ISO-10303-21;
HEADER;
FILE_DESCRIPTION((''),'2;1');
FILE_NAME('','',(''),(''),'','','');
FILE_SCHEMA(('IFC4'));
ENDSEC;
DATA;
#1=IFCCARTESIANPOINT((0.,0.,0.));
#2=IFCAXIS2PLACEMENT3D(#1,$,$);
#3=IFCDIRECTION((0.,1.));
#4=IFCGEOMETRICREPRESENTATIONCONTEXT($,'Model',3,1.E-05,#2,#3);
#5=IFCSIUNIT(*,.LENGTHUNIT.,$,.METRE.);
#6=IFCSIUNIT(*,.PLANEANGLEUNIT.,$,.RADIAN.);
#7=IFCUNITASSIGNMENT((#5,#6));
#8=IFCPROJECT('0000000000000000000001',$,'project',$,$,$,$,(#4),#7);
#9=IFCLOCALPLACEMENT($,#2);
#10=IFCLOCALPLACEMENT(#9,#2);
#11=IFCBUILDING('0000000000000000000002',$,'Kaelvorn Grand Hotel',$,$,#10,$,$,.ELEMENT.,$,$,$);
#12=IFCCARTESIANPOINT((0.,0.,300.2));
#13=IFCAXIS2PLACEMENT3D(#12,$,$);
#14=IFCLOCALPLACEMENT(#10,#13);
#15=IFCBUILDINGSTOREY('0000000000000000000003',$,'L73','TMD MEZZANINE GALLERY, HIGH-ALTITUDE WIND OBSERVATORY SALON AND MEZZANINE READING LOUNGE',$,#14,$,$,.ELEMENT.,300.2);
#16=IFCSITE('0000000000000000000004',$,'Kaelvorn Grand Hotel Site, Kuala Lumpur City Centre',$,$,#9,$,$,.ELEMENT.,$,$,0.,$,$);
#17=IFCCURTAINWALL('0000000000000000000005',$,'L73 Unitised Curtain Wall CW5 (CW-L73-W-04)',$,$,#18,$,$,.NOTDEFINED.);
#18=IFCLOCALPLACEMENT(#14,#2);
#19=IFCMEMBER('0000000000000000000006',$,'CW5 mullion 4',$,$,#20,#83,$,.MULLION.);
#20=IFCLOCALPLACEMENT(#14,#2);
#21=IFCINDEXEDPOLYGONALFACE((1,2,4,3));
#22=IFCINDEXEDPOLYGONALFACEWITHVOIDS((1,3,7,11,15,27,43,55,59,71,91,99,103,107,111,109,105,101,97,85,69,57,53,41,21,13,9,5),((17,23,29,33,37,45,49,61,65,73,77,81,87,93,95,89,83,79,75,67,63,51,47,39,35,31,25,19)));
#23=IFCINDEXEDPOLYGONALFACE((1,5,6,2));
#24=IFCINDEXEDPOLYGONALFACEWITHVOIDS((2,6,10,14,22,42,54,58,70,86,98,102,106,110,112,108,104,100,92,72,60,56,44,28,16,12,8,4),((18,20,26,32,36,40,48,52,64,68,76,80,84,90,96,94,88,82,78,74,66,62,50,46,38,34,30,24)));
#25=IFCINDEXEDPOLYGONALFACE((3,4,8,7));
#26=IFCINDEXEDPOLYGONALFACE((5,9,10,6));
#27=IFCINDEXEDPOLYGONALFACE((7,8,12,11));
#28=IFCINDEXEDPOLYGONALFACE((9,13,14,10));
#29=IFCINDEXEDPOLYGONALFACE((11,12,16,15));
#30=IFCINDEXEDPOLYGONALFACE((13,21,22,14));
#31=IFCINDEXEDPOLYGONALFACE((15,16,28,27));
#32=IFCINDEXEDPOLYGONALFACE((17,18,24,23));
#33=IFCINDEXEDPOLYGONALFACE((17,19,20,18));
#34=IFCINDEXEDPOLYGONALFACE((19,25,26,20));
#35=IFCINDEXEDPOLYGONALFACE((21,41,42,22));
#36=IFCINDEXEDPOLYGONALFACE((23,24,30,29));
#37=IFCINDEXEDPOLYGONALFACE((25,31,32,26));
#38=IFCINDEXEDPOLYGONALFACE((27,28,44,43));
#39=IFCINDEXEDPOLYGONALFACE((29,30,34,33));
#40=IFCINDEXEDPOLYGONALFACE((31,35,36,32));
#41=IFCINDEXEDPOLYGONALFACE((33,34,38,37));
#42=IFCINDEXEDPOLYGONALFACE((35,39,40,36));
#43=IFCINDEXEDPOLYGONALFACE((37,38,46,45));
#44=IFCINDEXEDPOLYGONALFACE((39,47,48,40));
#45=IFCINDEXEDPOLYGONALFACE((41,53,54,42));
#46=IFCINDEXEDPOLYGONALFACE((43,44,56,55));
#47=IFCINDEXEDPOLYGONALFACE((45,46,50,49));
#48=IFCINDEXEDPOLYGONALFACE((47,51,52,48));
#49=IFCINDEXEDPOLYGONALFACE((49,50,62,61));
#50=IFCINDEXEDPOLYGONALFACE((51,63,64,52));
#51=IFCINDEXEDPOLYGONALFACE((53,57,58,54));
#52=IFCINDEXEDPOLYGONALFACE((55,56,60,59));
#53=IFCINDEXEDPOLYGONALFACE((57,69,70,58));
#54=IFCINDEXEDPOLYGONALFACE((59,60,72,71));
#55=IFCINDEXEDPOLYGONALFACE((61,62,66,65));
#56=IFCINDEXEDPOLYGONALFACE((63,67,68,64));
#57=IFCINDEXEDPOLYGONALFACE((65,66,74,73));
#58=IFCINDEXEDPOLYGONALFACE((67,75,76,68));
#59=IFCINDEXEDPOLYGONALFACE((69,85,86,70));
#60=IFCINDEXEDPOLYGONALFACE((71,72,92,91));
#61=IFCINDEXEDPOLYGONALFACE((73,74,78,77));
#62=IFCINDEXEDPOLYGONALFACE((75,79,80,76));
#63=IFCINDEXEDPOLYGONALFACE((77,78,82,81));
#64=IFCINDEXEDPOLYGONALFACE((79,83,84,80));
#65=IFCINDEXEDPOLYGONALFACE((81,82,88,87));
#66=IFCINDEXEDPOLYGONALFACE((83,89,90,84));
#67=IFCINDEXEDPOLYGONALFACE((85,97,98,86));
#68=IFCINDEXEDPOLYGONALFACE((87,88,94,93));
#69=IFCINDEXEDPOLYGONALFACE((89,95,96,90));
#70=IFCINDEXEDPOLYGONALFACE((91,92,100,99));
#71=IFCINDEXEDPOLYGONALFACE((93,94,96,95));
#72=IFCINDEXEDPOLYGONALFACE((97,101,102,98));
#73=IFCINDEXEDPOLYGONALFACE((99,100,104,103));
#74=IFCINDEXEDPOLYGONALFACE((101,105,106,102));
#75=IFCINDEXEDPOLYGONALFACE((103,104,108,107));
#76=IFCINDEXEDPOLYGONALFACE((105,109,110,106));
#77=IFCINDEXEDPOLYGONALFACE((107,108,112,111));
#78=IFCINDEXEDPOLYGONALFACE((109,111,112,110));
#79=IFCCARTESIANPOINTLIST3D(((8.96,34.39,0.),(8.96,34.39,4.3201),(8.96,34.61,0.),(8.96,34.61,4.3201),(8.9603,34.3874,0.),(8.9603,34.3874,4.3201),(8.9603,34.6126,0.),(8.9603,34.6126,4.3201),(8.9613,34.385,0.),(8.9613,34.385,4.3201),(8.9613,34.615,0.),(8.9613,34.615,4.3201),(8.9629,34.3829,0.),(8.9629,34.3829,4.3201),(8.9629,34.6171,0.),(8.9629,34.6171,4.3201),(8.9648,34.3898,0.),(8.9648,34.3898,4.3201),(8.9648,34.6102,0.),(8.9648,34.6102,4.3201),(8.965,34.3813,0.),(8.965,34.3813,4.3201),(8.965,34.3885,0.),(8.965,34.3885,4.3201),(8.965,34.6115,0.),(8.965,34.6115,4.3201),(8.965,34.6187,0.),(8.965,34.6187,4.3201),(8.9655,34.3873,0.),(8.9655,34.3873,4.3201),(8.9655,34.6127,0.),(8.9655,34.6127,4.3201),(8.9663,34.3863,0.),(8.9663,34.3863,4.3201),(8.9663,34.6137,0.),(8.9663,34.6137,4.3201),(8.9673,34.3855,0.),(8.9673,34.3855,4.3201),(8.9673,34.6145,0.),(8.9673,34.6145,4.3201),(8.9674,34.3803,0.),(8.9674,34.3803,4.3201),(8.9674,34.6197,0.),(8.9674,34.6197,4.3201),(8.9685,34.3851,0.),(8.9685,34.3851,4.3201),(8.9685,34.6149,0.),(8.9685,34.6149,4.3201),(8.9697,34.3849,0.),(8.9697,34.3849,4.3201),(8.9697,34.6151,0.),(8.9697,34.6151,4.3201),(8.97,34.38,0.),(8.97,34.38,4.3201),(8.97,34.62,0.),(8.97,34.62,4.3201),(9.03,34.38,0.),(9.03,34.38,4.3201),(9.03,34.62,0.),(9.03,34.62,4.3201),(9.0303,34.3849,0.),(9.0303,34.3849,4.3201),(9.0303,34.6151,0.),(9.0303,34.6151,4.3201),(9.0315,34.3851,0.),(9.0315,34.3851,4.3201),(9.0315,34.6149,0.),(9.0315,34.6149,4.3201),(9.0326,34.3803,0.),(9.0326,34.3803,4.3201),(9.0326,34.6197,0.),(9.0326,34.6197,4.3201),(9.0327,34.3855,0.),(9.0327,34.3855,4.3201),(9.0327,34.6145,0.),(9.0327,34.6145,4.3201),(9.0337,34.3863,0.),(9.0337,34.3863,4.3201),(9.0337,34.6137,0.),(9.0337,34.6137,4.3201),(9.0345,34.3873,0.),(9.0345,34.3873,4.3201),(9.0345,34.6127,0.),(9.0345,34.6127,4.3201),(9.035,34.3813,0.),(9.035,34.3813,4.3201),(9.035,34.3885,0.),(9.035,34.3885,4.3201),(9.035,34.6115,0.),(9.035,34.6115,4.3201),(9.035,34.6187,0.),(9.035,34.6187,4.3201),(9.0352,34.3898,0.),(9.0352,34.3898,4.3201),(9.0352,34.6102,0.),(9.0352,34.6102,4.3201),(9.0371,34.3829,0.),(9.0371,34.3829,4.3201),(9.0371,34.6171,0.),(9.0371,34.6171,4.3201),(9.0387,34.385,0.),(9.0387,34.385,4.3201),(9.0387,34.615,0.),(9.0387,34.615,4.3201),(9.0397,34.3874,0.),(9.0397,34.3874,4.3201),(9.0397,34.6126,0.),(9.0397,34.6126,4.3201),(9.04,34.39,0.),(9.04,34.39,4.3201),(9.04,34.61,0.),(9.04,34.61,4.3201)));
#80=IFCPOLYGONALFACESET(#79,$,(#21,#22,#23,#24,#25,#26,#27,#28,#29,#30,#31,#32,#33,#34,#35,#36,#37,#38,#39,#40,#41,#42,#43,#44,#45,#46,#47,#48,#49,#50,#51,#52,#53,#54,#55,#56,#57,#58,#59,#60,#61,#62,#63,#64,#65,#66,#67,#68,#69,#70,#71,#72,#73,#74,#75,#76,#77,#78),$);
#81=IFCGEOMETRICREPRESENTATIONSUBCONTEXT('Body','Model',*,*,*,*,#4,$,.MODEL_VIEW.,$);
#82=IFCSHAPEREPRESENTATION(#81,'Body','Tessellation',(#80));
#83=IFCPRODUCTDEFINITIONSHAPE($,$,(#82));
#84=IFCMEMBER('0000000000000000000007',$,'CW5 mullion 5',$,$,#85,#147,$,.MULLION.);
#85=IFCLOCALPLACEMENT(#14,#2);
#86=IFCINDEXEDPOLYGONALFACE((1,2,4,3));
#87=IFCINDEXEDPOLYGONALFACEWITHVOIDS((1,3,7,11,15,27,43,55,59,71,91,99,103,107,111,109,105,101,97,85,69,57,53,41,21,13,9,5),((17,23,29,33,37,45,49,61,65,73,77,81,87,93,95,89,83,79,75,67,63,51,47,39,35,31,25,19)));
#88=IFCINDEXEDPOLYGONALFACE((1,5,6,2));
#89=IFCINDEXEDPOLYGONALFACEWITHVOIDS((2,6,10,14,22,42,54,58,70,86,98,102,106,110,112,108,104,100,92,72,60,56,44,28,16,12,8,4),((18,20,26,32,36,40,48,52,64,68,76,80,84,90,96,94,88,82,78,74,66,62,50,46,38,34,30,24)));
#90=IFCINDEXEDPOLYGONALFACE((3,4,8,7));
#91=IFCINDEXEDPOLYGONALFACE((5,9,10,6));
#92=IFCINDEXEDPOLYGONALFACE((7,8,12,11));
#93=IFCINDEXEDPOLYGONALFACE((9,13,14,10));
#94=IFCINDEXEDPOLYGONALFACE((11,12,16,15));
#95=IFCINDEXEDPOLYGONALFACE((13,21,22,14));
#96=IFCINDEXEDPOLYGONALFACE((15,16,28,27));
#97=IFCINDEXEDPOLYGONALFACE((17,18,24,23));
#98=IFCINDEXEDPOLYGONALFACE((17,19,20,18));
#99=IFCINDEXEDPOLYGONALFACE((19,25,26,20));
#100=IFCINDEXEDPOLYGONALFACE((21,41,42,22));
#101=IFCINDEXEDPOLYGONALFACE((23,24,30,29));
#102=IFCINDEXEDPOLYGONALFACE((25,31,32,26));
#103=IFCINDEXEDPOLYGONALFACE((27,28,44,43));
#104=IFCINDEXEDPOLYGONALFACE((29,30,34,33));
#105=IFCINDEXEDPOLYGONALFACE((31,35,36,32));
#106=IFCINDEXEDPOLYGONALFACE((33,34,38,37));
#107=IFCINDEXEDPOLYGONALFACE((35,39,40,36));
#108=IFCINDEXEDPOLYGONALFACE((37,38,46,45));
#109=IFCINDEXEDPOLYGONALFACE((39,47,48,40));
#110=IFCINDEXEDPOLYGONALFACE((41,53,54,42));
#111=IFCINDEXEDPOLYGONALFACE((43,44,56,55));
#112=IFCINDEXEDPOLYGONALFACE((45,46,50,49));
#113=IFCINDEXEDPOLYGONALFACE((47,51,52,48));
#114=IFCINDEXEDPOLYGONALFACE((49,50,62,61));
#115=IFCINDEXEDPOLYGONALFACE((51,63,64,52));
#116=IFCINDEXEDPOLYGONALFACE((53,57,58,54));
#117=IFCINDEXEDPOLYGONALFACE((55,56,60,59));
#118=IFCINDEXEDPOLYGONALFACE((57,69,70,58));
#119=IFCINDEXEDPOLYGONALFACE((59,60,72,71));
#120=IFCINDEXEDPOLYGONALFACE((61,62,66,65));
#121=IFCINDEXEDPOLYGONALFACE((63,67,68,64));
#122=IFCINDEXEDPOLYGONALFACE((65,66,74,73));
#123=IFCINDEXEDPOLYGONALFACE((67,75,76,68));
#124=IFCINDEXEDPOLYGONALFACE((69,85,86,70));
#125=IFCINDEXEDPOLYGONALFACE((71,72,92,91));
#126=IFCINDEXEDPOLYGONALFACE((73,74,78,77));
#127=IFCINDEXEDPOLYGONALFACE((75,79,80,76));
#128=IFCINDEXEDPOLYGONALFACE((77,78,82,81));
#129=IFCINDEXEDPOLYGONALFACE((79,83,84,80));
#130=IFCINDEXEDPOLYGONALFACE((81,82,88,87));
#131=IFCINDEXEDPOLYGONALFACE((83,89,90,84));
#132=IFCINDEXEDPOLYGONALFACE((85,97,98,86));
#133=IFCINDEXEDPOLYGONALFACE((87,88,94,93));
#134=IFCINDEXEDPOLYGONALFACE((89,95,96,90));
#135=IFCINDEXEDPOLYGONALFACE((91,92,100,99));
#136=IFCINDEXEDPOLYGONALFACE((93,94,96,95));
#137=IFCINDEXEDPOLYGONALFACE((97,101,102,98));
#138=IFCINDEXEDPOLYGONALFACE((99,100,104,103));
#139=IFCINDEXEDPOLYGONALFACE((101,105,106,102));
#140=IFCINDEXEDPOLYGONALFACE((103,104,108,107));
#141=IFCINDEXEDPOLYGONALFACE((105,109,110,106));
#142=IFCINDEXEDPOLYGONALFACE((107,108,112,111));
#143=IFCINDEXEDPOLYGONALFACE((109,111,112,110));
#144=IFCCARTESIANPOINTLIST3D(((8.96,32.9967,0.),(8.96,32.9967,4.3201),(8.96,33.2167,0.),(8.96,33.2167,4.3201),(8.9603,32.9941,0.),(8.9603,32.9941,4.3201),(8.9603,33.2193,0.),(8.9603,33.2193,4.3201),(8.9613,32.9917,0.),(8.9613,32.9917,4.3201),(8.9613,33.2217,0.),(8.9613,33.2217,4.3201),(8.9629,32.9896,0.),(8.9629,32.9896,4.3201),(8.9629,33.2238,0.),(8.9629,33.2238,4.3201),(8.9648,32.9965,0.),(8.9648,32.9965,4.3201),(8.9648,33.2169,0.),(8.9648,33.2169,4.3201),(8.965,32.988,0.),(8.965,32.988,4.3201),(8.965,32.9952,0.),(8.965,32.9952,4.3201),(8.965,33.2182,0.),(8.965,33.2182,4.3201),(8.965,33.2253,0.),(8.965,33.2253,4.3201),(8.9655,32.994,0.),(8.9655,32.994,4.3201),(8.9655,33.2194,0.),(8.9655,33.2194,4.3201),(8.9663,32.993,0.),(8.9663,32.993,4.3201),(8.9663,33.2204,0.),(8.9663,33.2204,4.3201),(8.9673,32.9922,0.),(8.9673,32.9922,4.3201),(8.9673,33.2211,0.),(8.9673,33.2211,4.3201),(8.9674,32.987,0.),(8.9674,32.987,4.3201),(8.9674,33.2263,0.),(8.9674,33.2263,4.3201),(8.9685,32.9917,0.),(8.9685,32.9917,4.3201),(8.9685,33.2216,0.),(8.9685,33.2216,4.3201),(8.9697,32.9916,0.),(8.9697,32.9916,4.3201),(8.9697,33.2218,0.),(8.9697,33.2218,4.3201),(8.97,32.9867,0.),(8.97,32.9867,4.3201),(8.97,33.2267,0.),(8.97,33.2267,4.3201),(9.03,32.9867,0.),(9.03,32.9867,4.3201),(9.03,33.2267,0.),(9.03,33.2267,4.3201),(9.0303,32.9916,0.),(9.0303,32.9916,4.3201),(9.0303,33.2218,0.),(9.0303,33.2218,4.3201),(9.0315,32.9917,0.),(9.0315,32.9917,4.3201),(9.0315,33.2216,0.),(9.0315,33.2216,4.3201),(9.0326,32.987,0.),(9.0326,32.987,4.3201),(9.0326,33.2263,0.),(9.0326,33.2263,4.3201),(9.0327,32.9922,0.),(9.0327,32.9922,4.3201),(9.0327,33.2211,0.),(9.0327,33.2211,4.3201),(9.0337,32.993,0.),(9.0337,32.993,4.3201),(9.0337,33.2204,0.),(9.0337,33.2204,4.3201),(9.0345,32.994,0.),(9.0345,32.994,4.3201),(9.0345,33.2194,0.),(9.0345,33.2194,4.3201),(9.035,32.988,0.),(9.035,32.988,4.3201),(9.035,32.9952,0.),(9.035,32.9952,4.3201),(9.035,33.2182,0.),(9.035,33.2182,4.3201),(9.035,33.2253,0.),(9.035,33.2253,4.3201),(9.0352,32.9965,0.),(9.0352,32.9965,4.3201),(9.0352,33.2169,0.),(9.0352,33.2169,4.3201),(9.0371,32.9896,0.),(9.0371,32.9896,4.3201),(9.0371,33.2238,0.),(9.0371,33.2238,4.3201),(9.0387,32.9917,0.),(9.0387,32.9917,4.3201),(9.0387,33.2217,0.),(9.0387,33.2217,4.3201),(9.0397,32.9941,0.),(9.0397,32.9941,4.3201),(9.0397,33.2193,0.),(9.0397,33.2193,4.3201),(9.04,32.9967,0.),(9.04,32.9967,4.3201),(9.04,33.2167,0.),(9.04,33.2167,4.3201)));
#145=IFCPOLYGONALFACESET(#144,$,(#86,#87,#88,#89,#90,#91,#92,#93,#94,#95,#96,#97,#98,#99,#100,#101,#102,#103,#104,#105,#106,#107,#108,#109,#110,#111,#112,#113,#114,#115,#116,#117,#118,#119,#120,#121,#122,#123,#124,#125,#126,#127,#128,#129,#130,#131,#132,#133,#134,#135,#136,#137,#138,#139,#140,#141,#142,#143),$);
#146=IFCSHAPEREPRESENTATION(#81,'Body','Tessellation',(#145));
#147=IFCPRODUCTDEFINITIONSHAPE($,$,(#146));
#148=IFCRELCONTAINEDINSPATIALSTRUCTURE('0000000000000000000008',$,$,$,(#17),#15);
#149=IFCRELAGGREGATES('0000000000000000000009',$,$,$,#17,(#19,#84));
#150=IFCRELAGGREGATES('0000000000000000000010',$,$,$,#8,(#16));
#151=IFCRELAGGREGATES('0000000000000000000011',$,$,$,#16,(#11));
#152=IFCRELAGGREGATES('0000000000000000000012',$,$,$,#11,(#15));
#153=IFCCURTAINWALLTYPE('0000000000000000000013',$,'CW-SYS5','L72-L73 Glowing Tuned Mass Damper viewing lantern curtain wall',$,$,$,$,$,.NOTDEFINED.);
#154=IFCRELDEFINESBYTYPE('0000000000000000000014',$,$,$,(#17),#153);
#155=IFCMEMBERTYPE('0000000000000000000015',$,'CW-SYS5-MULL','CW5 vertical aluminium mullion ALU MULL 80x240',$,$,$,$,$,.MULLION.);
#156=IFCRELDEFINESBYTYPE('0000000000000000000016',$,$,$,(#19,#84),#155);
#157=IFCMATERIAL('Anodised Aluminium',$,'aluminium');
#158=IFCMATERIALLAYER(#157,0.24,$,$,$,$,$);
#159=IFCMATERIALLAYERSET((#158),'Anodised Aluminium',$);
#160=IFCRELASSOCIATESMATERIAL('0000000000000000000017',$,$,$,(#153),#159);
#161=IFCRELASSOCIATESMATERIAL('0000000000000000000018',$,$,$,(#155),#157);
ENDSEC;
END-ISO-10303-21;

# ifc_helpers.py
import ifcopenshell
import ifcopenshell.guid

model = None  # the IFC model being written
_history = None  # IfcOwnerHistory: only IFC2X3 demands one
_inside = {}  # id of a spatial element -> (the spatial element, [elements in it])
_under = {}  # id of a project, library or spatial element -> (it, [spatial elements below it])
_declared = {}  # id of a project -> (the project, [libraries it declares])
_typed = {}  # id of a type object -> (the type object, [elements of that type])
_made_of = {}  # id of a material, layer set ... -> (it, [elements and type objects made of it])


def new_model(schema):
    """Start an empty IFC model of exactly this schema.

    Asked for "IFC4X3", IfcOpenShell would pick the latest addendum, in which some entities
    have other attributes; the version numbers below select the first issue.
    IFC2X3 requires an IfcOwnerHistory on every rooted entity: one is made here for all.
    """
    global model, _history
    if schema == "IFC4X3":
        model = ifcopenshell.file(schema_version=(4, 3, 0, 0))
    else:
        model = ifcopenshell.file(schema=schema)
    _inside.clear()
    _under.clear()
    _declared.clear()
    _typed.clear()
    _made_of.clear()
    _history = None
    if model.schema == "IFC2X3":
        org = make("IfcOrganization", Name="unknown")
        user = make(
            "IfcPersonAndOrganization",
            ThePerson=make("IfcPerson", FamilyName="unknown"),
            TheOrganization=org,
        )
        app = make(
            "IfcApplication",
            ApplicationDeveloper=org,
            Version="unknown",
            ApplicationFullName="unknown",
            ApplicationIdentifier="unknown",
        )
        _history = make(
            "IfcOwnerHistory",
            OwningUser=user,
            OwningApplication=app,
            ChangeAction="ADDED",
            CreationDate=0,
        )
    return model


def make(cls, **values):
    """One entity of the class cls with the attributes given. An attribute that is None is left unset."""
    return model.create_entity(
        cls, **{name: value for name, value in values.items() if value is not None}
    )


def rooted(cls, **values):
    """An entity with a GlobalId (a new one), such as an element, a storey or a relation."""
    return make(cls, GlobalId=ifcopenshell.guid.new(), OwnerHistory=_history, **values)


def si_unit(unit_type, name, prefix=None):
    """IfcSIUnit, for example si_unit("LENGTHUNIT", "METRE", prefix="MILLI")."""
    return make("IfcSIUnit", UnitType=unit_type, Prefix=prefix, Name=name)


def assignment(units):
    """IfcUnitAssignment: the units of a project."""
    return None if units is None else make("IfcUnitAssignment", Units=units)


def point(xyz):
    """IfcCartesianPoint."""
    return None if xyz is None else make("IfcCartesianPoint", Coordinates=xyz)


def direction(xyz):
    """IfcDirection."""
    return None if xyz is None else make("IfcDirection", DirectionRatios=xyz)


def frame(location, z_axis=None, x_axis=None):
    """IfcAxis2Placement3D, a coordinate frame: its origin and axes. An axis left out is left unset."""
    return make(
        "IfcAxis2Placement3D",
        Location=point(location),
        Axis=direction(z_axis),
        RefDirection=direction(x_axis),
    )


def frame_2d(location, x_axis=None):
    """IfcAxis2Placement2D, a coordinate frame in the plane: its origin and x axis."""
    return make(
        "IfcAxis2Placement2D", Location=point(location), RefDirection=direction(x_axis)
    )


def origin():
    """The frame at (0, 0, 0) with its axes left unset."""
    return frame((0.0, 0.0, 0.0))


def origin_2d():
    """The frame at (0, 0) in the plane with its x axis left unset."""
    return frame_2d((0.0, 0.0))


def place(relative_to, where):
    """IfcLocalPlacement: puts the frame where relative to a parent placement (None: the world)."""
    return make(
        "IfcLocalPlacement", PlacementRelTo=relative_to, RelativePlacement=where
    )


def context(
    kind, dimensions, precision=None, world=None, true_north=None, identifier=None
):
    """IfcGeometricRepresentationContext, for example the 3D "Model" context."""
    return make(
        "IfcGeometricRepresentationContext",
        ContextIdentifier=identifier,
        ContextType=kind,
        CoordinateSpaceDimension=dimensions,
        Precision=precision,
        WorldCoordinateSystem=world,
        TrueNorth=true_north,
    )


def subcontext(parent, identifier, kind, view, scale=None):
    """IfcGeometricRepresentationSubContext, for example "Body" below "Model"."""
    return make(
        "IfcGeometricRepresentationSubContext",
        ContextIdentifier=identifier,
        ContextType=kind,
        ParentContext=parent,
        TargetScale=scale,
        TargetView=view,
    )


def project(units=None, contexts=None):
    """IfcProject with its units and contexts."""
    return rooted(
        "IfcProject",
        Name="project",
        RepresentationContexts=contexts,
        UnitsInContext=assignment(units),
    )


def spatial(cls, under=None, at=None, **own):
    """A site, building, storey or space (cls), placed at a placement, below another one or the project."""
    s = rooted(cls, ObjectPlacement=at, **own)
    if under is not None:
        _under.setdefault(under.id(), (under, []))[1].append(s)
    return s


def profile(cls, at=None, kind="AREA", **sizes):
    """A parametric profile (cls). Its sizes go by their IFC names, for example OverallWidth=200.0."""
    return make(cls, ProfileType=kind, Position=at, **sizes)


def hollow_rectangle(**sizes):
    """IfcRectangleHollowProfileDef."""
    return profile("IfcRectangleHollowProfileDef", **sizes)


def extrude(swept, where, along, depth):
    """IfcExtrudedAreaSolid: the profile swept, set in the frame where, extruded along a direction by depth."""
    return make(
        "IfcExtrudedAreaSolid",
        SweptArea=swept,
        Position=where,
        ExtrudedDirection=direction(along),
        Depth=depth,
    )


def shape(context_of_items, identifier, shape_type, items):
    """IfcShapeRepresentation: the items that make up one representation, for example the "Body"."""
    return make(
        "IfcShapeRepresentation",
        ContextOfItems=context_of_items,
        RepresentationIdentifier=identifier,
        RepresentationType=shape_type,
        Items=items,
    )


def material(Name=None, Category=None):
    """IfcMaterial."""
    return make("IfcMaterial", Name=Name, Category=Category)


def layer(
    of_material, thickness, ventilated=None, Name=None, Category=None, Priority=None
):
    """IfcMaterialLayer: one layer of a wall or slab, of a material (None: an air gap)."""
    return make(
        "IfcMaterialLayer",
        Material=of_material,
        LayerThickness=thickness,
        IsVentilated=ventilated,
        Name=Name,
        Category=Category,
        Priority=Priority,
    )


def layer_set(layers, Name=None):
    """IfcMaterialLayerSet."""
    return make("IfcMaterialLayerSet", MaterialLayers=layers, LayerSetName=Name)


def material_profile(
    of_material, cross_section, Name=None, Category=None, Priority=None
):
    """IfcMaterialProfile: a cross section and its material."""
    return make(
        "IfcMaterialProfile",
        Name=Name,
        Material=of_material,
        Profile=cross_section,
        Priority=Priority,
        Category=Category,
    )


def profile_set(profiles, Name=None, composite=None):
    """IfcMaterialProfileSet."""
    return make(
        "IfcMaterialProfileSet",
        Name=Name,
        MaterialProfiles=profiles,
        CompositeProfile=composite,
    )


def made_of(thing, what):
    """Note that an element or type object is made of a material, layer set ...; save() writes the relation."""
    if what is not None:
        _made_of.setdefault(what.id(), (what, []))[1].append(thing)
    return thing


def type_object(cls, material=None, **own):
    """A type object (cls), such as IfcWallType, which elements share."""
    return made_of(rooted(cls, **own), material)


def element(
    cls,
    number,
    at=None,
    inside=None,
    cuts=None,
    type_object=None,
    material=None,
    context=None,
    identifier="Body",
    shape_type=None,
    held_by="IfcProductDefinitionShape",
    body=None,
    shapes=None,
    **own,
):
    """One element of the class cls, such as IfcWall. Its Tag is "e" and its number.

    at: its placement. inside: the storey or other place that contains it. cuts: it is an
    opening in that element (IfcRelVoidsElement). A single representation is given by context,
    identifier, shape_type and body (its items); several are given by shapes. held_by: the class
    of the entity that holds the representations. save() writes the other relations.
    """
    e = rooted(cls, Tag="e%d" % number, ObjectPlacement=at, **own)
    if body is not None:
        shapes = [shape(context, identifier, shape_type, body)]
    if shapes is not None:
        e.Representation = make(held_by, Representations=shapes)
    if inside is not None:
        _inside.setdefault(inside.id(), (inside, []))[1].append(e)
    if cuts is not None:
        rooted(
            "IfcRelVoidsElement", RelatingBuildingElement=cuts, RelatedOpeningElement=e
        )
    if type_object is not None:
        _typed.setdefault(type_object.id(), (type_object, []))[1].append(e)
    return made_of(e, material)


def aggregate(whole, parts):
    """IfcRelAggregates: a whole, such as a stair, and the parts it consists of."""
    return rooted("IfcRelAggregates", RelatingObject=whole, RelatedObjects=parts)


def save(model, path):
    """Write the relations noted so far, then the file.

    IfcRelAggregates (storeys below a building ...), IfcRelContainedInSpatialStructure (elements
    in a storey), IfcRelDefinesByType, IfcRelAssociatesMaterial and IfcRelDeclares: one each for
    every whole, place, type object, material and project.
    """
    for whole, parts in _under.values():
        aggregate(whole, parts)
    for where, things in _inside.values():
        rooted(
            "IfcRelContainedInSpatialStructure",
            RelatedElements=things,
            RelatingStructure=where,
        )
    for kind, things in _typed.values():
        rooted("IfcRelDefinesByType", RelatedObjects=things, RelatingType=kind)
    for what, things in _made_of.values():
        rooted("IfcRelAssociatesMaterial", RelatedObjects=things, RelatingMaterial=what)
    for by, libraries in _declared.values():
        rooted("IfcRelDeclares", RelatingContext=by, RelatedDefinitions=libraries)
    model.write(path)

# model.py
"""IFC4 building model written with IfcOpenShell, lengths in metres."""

from ifc_helpers import new_model, si_unit, direction, frame, origin, origin_2d, place, context, subcontext, project, spatial, hollow_rectangle, extrude, material, layer, layer_set, material_profile, profile_set, type_object, element, aggregate, save


model = new_model("IFC4")

# Units and contexts
model_context = context("Model", 3, precision=1e-05, world=origin(), true_north=direction((0.0, 1.0)))
body_context = subcontext(model_context, "Body", "Model", "MODEL_VIEW")
ifc_project = project(units=[si_unit("LENGTHUNIT", "METRE"), si_unit("PLANEANGLEUNIT", "RADIAN")], contexts=[model_context])

# Site, building, storey
site_placement = place(None, origin())
site = spatial("IfcSite", under=ifc_project, at=site_placement, Name="Kaelvorn Grand Hotel Site, Kuala Lumpur City Centre", CompositionType="ELEMENT", RefElevation=0.0)
building_placement = place(site_placement, origin())
building = spatial("IfcBuilding", under=site, at=building_placement, Name="Kaelvorn Grand Hotel", CompositionType="ELEMENT")
storey_placement = place(building_placement, frame((0.0, 0.0, 300.2)))
storey = spatial("IfcBuildingStorey", under=building, at=storey_placement, Name="L73", Description="TMD MEZZANINE GALLERY, HIGH-ALTITUDE WIND OBSERVATORY SALON AND MEZZANINE READING LOUNGE", CompositionType="ELEMENT", Elevation=300.2)

# Curtain wall, members
ifc_material_1 = material(Name="Anodised Aluminium", Category="aluminium")
ifc_layer_1 = layer(ifc_material_1, 0.24)
ifc_layer_set_1 = layer_set([ifc_layer_1], Name="Anodised Aluminium")
curtain_wall_type = type_object("IfcCurtainWallType", Name="CW-SYS5", Description="L72-L73 Glowing Tuned Mass Damper viewing lantern curtain wall", PredefinedType="NOTDEFINED", material=ifc_layer_set_1)
curtain_wall_placement = place(storey_placement, origin())
curtain_wall = element("IfcCurtainWall", 1, at=curtain_wall_placement, inside=storey, type_object=curtain_wall_type, Name="L73 Unitised Curtain Wall CW5 (CW-L73-W-04)", PredefinedType="NOTDEFINED")
ifc_material_profile_1 = material_profile(ifc_material_1, hollow_rectangle(XDim=0.0801, YDim=0.24, WallThickness=0.0049, InnerFilletRadius=0.0049, OuterFilletRadius=0.01, at=origin_2d()), Name="ALU MULL 80x240")
ifc_profile_set_1 = profile_set([ifc_material_profile_1], Name="Anodised Aluminium")
member_type_1 = type_object("IfcMemberType", Name="CW-SYS5-MULL", Description="CW5 vertical aluminium mullion ALU MULL 80x240", PredefinedType="MULLION", material=ifc_profile_set_1)
member_1_placement = place(storey_placement, frame((9.0, 34.5, 0.0), z_axis=(0.0, 0.0, 1.0), x_axis=(1.0, 0.0, 0.0)))
member_1 = element("IfcMember", 2, at=member_1_placement, type_object=member_type_1, Name="CW5 mullion 4", PredefinedType="MULLION", context=body_context, shape_type="SweptSolid", body=[
    extrude(hollow_rectangle(XDim=0.0801, YDim=0.24, WallThickness=0.0049, InnerFilletRadius=0.0049, OuterFilletRadius=0.01, at=origin_2d()), origin(), (0.0, 0.0, 1.0), 4.3201),
])
member_2_placement = place(storey_placement, frame((9.0, 33.1067, 0.0), z_axis=(0.0, 0.0, 1.0), x_axis=(1.0, 0.0, 0.0)))
member_2 = element("IfcMember", 3, at=member_2_placement, type_object=member_type_1, Name="CW5 mullion 5", PredefinedType="MULLION", context=body_context, shape_type="SweptSolid", body=[
    extrude(hollow_rectangle(XDim=0.0801, YDim=0.24, WallThickness=0.0049, InnerFilletRadius=0.0049, OuterFilletRadius=0.01, at=origin_2d()), origin(), (0.0, 0.0, 1.0), 4.3201),
])
aggregate(curtain_wall, [member_1, member_2])

save(model, "model.ifc")
